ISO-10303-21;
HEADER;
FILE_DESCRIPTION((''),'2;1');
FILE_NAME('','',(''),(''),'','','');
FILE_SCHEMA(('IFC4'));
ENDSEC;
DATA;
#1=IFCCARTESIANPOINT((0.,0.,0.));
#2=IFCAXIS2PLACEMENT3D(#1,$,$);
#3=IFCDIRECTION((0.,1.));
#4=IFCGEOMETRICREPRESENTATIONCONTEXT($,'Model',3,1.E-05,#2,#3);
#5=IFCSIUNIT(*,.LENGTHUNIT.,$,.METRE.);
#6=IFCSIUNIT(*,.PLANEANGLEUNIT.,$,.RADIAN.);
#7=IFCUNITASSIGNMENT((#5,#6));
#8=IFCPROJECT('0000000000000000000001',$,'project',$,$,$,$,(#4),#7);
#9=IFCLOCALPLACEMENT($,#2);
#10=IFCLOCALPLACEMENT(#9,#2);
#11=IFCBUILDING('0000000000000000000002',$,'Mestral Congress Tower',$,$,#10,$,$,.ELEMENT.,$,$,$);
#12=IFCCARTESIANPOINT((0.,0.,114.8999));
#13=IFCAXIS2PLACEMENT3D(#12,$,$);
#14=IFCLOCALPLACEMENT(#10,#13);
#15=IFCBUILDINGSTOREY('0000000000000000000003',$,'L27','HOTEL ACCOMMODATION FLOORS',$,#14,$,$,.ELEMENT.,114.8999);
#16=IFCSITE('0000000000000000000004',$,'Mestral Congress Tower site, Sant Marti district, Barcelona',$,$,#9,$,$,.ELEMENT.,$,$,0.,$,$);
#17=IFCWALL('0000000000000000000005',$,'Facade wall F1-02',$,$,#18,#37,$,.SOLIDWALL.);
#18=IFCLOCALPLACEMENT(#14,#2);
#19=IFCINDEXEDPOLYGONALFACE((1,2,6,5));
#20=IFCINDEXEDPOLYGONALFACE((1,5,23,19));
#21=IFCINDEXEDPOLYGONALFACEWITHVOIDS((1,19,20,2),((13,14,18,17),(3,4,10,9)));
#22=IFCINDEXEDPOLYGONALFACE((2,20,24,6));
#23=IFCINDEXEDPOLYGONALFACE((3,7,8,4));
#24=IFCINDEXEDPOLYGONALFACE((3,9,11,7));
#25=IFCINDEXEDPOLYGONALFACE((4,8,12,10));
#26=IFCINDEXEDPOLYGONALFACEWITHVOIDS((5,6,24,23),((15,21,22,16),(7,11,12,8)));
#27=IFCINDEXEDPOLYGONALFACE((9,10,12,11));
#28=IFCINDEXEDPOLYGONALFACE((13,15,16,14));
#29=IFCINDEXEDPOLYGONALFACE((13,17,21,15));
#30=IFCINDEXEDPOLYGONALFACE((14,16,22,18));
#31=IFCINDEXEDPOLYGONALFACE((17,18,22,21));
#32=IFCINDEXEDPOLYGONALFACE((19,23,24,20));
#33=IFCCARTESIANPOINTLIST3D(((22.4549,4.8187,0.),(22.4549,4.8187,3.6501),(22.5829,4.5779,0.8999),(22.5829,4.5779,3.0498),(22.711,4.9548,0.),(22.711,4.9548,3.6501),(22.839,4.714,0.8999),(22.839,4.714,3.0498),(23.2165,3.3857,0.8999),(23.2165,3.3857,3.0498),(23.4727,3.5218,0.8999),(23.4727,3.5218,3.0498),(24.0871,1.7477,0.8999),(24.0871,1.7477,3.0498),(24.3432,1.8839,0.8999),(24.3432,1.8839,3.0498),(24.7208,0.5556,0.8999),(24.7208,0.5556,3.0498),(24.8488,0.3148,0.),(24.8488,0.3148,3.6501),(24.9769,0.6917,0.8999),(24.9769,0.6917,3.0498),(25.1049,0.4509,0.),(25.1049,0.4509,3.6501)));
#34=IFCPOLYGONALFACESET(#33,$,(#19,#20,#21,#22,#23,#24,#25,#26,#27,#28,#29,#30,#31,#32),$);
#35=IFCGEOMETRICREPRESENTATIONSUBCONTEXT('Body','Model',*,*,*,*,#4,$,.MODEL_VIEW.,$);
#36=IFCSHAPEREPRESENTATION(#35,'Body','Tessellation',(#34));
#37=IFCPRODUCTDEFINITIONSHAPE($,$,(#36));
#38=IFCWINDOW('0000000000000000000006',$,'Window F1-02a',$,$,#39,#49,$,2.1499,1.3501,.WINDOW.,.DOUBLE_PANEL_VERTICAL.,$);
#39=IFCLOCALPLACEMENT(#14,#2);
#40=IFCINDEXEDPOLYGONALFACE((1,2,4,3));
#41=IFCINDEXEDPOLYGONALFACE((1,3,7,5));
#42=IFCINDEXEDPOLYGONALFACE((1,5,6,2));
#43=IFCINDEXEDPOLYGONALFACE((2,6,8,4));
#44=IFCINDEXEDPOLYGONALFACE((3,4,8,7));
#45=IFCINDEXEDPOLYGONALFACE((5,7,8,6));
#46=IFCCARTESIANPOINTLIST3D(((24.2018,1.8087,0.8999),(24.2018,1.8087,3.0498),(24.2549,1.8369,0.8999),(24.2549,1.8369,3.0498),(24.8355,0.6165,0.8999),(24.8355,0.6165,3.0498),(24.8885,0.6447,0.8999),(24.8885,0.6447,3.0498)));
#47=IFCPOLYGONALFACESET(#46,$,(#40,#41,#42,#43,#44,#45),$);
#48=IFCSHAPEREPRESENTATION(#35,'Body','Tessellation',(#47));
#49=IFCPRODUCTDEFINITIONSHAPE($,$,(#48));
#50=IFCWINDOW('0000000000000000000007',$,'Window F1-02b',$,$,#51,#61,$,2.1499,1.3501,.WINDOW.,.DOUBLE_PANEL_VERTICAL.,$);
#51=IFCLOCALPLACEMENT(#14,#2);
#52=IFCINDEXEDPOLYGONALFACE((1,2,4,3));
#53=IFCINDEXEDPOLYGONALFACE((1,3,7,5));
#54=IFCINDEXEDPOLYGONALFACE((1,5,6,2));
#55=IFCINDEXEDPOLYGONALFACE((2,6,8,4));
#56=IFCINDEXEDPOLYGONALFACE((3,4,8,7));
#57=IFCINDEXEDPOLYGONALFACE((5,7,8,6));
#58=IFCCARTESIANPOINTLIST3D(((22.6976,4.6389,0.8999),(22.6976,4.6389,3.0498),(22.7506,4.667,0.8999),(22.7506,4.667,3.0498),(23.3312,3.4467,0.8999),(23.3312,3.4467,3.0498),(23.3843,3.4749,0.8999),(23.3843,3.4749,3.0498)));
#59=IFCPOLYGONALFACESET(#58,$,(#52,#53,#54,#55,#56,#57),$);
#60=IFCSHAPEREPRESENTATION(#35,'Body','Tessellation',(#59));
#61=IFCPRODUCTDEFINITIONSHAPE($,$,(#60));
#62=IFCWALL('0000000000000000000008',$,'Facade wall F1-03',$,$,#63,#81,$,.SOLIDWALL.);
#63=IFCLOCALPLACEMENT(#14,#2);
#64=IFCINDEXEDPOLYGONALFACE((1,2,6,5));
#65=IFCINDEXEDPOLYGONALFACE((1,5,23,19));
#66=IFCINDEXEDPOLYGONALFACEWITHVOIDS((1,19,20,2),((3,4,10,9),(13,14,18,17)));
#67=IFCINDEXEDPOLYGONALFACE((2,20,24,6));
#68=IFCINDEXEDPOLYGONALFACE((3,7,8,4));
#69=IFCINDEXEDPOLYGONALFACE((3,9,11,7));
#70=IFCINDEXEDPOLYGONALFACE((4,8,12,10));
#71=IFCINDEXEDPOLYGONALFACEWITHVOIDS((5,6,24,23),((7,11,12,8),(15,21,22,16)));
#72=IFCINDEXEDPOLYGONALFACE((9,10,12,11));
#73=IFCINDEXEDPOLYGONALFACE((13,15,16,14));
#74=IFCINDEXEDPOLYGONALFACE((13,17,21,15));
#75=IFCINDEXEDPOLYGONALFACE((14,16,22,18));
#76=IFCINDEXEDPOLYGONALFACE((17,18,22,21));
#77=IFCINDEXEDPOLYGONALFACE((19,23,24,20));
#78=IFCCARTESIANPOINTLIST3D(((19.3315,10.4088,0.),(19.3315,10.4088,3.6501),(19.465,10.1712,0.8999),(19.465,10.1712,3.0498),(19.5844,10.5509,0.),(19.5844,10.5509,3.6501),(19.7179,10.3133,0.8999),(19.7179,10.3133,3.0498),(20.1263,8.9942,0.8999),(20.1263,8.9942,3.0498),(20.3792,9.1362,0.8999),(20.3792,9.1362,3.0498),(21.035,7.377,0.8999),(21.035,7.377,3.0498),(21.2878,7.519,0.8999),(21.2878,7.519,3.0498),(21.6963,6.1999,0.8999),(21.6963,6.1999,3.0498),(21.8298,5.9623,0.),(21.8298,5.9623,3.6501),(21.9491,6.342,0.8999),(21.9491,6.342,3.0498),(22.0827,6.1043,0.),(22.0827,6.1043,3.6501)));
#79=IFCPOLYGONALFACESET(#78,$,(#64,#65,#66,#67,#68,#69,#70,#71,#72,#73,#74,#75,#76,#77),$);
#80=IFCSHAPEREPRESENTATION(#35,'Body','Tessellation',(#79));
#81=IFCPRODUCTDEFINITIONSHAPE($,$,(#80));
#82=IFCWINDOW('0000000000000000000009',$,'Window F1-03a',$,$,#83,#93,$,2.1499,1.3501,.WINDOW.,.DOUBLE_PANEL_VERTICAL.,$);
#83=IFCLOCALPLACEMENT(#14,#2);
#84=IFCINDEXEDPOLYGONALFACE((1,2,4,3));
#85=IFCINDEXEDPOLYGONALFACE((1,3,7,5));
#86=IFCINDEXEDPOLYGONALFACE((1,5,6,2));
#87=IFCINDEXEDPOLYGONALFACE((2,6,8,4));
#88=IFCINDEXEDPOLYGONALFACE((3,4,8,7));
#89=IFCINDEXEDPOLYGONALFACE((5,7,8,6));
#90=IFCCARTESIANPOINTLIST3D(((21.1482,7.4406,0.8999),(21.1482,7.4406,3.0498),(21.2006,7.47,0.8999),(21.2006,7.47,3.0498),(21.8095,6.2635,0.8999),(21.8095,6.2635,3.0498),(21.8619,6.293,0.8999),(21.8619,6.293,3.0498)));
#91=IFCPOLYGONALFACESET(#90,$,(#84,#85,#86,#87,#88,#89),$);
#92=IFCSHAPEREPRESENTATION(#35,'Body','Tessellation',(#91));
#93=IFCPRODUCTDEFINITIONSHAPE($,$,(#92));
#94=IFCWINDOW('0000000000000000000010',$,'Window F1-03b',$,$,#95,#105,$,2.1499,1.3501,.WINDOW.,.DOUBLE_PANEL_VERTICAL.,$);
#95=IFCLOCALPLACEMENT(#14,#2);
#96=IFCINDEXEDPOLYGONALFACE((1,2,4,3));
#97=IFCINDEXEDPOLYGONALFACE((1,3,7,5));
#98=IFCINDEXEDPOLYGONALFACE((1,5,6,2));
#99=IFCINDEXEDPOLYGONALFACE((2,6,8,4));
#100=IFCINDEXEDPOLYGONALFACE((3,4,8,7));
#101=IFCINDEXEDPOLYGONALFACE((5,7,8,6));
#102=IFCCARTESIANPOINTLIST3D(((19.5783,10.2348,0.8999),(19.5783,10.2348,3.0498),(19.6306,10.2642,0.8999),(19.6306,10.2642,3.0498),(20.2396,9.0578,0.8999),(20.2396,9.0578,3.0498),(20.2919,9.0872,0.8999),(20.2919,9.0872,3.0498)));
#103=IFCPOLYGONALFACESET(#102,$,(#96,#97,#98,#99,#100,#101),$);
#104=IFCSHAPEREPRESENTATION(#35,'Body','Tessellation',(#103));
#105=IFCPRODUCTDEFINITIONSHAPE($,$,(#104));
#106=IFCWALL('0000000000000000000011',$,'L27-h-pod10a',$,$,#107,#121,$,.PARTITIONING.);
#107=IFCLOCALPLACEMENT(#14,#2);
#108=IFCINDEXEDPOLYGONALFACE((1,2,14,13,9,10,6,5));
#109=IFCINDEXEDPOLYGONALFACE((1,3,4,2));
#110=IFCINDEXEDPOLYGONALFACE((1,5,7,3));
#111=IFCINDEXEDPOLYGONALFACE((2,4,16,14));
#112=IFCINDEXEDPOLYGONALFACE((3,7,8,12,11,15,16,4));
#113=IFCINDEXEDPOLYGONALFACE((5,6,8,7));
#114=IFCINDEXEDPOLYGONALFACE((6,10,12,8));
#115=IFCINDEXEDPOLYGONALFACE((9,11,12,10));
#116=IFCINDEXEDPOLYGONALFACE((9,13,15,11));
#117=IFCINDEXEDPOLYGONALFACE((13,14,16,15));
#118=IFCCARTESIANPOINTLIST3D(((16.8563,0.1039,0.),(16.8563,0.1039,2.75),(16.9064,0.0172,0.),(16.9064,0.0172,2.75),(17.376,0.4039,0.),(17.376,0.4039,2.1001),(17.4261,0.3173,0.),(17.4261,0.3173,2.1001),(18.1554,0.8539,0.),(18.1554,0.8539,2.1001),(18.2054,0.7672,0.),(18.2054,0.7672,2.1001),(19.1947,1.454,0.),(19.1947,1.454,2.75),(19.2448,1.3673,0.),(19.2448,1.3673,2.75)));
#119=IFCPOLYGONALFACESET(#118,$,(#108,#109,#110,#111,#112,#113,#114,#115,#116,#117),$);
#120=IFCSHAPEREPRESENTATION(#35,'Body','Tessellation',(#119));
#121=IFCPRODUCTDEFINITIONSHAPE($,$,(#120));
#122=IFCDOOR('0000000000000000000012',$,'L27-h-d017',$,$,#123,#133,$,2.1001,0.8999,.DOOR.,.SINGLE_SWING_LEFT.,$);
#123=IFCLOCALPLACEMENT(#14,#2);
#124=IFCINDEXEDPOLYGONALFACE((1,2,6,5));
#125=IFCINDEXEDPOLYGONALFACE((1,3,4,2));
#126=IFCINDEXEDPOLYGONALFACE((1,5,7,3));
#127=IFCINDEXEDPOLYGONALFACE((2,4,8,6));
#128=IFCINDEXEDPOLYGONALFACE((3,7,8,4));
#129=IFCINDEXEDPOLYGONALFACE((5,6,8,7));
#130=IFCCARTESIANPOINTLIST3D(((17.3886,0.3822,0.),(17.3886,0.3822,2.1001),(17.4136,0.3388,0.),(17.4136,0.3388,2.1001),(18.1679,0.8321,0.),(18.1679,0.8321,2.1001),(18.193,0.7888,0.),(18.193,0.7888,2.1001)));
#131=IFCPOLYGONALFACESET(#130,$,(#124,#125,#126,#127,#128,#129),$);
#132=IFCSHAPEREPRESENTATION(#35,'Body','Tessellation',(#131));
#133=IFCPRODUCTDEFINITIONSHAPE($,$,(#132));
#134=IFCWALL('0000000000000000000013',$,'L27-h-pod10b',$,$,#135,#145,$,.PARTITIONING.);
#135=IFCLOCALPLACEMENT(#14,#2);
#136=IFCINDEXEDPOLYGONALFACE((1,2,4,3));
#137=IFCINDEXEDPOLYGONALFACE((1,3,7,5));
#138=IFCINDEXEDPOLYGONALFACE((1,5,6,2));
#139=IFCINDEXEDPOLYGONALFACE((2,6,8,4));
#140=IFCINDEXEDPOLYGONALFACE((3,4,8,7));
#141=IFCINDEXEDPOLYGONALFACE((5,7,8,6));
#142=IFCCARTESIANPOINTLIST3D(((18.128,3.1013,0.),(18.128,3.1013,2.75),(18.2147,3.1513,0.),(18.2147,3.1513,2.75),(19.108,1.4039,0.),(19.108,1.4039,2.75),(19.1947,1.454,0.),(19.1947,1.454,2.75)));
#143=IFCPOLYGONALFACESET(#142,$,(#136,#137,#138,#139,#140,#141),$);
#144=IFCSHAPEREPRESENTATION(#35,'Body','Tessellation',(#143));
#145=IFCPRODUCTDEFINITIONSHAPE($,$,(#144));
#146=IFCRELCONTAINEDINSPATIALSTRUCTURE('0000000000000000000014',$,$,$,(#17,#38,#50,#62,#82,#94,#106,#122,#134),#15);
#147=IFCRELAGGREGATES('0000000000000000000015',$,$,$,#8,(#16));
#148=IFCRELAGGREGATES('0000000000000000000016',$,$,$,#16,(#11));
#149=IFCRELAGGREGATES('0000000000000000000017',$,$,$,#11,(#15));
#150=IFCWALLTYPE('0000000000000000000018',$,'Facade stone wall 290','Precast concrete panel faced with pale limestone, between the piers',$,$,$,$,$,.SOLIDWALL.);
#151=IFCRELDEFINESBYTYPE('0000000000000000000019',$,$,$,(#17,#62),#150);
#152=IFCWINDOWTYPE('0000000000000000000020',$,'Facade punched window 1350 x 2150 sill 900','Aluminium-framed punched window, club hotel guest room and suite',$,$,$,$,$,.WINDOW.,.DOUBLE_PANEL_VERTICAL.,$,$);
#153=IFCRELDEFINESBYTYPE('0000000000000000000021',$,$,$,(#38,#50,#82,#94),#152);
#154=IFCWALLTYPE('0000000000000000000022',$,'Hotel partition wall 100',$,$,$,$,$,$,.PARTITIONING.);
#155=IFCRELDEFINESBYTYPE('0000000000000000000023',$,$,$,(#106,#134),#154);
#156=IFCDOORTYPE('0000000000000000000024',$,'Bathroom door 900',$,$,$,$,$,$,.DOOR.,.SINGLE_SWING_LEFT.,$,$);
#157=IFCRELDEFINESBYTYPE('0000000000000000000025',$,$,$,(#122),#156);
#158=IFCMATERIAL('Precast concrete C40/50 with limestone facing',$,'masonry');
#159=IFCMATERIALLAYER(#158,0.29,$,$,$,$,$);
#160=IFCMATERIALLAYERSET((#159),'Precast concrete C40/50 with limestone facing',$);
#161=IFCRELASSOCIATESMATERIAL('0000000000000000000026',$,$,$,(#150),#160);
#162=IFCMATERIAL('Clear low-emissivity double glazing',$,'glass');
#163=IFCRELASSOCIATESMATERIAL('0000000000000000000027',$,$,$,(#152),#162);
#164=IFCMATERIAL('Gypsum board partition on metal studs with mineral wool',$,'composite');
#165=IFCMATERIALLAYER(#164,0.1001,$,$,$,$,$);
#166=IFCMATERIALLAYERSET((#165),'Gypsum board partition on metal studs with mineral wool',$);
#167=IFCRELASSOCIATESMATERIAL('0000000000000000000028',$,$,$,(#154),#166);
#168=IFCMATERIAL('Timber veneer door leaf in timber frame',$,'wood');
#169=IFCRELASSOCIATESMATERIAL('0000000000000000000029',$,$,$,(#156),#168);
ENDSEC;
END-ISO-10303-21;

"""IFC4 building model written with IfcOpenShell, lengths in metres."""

from ifc_helpers import new_model, si_unit, direction, frame, frame_2d, origin, place, context, subcontext, project, spatial, rectangle, extrude, material, layer, layer_set, type_object, element, fill, save


model = new_model("IFC4")

# Units and contexts
model_context = context("Model", 3, precision=1e-05, world=origin(), true_north=direction((0.0, 1.0)))
body_context = subcontext(model_context, "Body", "Model", "MODEL_VIEW")
ifc_project = project(units=[si_unit("LENGTHUNIT", "METRE"), si_unit("PLANEANGLEUNIT", "RADIAN")], contexts=[model_context])

# Site, building, storey
site_placement = place(None, origin())
site = spatial("IfcSite", under=ifc_project, at=site_placement, Name="Mestral Congress Tower site, Sant Marti district, Barcelona", CompositionType="ELEMENT", RefElevation=0.0)
building_placement = place(site_placement, origin())
building = spatial("IfcBuilding", under=site, at=building_placement, Name="Mestral Congress Tower", CompositionType="ELEMENT")
storey_placement = place(building_placement, frame((0.0, 0.0, 114.8999)))
storey = spatial("IfcBuildingStorey", under=building, at=storey_placement, Name="L27", Description="HOTEL ACCOMMODATION FLOORS", CompositionType="ELEMENT", Elevation=114.8999)

# Walls, openings, windows
ifc_material_1 = material(Name="Precast concrete C40/50 with limestone facing", Category="masonry")
ifc_layer_1 = layer(ifc_material_1, 0.29)
ifc_layer_set_1 = layer_set([ifc_layer_1], Name="Precast concrete C40/50 with limestone facing")
wall_type_1 = type_object("IfcWallType", Name="Facade stone wall 290", Description="Precast concrete panel faced with pale limestone, between the piers", PredefinedType="SOLIDWALL", material=ifc_layer_set_1)
wall_1_placement = place(storey_placement, frame((24.9768, 0.3828, 0.0), z_axis=(0.0, 0.0, 1.0), x_axis=(-0.469323, 0.883026, 0.0)))
wall_1 = element("IfcWall", 1, at=wall_1_placement, inside=storey, type_object=wall_type_1, Name="Facade wall F1-02", PredefinedType="SOLIDWALL", context=body_context, shape_type="SweptSolid", body=[
    extrude(rectangle(XDim=5.1006, YDim=0.29, at=frame_2d((2.5503, 0.0))), origin(), (0.0, 0.0, 1.0), 3.6501),
])
opening_1_placement = place(wall_1_placement, frame((0.2727, 0.0, 0.8999)))
opening_1 = element("IfcOpeningElement", 2, at=opening_1_placement, cuts=wall_1, PredefinedType="OPENING", context=body_context, shape_type="SweptSolid", body=[
    extrude(rectangle(XDim=1.3501, YDim=2.1499, at=frame_2d((0.675, 1.075))), frame((0.0, 0.155, 0.0), z_axis=(0.0, -1.0, 0.0), x_axis=(1.0, 0.0, 0.0)), (0.0, 0.0, 1.0), 0.3101),
])
opening_2_placement = place(wall_1_placement, frame((3.4778, 0.0, 0.8999)))
opening_2 = element("IfcOpeningElement", 3, at=opening_2_placement, cuts=wall_1, PredefinedType="OPENING", context=body_context, shape_type="SweptSolid", body=[
    extrude(rectangle(XDim=1.3501, YDim=2.1499, at=frame_2d((0.675, 1.075))), frame((0.0, 0.155, 0.0), z_axis=(0.0, -1.0, 0.0), x_axis=(1.0, 0.0, 0.0)), (0.0, 0.0, 1.0), 0.3101),
])
ifc_material_2 = material(Name="Clear low-emissivity double glazing", Category="glass")
window_type = type_object("IfcWindowType", Name="Facade punched window 1350 x 2150 sill 900", Description="Aluminium-framed punched window, club hotel guest room and suite", PartitioningType="DOUBLE_PANEL_VERTICAL", PredefinedType="WINDOW", material=ifc_material_2)
window_1_placement = place(opening_1_placement, origin())
window_1 = element("IfcWindow", 4, at=window_1_placement, inside=storey, type_object=window_type, Name="Window F1-02a", OverallHeight=2.1499, OverallWidth=1.3501, PartitioningType="DOUBLE_PANEL_VERTICAL", PredefinedType="WINDOW", context=body_context, shape_type="SweptSolid", body=[
    extrude(rectangle(XDim=1.3501, YDim=2.1499, at=frame_2d((0.675, 1.075))), frame((0.0, 0.0151, 0.0), z_axis=(0.0, -1.0, 0.0), x_axis=(1.0, 0.0, 0.0)), (0.0, 0.0, 1.0), 0.0601),
])
fill(opening_1, window_1)
window_2_placement = place(opening_2_placement, origin())
window_2 = element("IfcWindow", 5, at=window_2_placement, inside=storey, type_object=window_type, Name="Window F1-02b", OverallHeight=2.1499, OverallWidth=1.3501, PartitioningType="DOUBLE_PANEL_VERTICAL", PredefinedType="WINDOW", context=body_context, shape_type="SweptSolid", body=[
    extrude(rectangle(XDim=1.3501, YDim=2.1499, at=frame_2d((0.675, 1.075))), frame((0.0, 0.0151, 0.0), z_axis=(0.0, -1.0, 0.0), x_axis=(1.0, 0.0, 0.0)), (0.0, 0.0, 1.0), 0.0601),
])
fill(opening_2, window_2)
wall_2_placement = place(storey_placement, frame((21.9563, 6.0332, 0.0), z_axis=(0.0, 0.0, 1.0), x_axis=(-0.489832, 0.871817, 0.0)))
wall_2 = element("IfcWall", 6, at=wall_2_placement, inside=storey, type_object=wall_type_1, Name="Facade wall F1-03", PredefinedType="SOLIDWALL", context=body_context, shape_type="SweptSolid", body=[
    extrude(rectangle(XDim=5.1003, YDim=0.29, at=frame_2d((2.5503, 0.0))), origin(), (0.0, 0.0, 1.0), 3.6501),
])
opening_3_placement = place(wall_2_placement, frame((0.2727, 0.0, 0.8999)))
opening_3 = element("IfcOpeningElement", 7, at=opening_3_placement, cuts=wall_2, PredefinedType="OPENING", context=body_context, shape_type="SweptSolid", body=[
    extrude(rectangle(XDim=1.3501, YDim=2.1499, at=frame_2d((0.675, 1.075))), frame((0.0, 0.155, 0.0), z_axis=(0.0, -1.0, 0.0), x_axis=(1.0, 0.0, 0.0)), (0.0, 0.0, 1.0), 0.3101),
])
opening_4_placement = place(wall_2_placement, frame((3.4778, 0.0, 0.8999)))
opening_4 = element("IfcOpeningElement", 8, at=opening_4_placement, cuts=wall_2, PredefinedType="OPENING", context=body_context, shape_type="SweptSolid", body=[
    extrude(rectangle(XDim=1.3501, YDim=2.1499, at=frame_2d((0.675, 1.075))), frame((0.0, 0.155, 0.0), z_axis=(0.0, -1.0, 0.0), x_axis=(1.0, 0.0, 0.0)), (0.0, 0.0, 1.0), 0.3101),
])
window_3_placement = place(opening_3_placement, origin())
window_3 = element("IfcWindow", 9, at=window_3_placement, inside=storey, type_object=window_type, Name="Window F1-03a", OverallHeight=2.1499, OverallWidth=1.3501, PartitioningType="DOUBLE_PANEL_VERTICAL", PredefinedType="WINDOW", context=body_context, shape_type="SweptSolid", body=[
    extrude(rectangle(XDim=1.3501, YDim=2.1499, at=frame_2d((0.675, 1.075))), frame((0.0, 0.0151, 0.0), z_axis=(0.0, -1.0, 0.0), x_axis=(1.0, 0.0, 0.0)), (0.0, 0.0, 1.0), 0.0601),
])
fill(opening_3, window_3)
window_4_placement = place(opening_4_placement, origin())
window_4 = element("IfcWindow", 10, at=window_4_placement, inside=storey, type_object=window_type, Name="Window F1-03b", OverallHeight=2.1499, OverallWidth=1.3501, PartitioningType="DOUBLE_PANEL_VERTICAL", PredefinedType="WINDOW", context=body_context, shape_type="SweptSolid", body=[
    extrude(rectangle(XDim=1.3501, YDim=2.1499, at=frame_2d((0.675, 1.075))), frame((0.0, 0.0151, 0.0), z_axis=(0.0, -1.0, 0.0), x_axis=(1.0, 0.0, 0.0)), (0.0, 0.0, 1.0), 0.0601),
])
fill(opening_4, window_4)

# Wall, opening, door
ifc_material_3 = material(Name="Gypsum board partition on metal studs with mineral wool", Category="composite")
ifc_layer_2 = layer(ifc_material_3, 0.1001)
ifc_layer_set_2 = layer_set([ifc_layer_2], Name="Gypsum board partition on metal studs with mineral wool")
wall_type_2 = type_object("IfcWallType", Name="Hotel partition wall 100", PredefinedType="PARTITIONING", material=ifc_layer_set_2)
wall_3_placement = place(storey_placement, frame((16.8813, 0.0605, 0.0), z_axis=(0.0, 0.0, 1.0), x_axis=(0.86602, 0.500009, 0.0)))
wall_3 = element("IfcWall", 11, at=wall_3_placement, inside=storey, type_object=wall_type_2, Name="L27-h-pod10a", PredefinedType="PARTITIONING", context=body_context, shape_type="SweptSolid", body=[
    extrude(rectangle(XDim=2.7002, YDim=0.1001, at=frame_2d((1.3501, 0.0))), origin(), (0.0, 0.0, 1.0), 2.75),
])
opening_5_placement = place(wall_3_placement, frame((0.6001, 0.0, 0.0)))
opening_5 = element("IfcOpeningElement", 12, at=opening_5_placement, cuts=wall_3, PredefinedType="OPENING", context=body_context, shape_type="SweptSolid", body=[
    extrude(rectangle(XDim=0.8999, YDim=2.1001, at=frame_2d((0.45, 1.05))), frame((0.0, 0.0601, 0.0), z_axis=(0.0, -1.0, 0.0), x_axis=(1.0, 0.0, 0.0)), (0.0, 0.0, 1.0), 0.1201),
])
ifc_material_4 = material(Name="Timber veneer door leaf in timber frame", Category="wood")
door_type = type_object("IfcDoorType", Name="Bathroom door 900", OperationType="SINGLE_SWING_LEFT", PredefinedType="DOOR", material=ifc_material_4)
door_1_placement = place(opening_5_placement, origin())
door_1 = element("IfcDoor", 13, at=door_1_placement, inside=storey, type_object=door_type, Name="L27-h-d017", OperationType="SINGLE_SWING_LEFT", OverallHeight=2.1001, OverallWidth=0.8999, PredefinedType="DOOR", context=body_context, shape_type="SweptSolid", body=[
    extrude(rectangle(XDim=0.8999, YDim=2.1001, at=frame_2d((0.45, 1.05))), frame((0.0, 0.0249, 0.0), z_axis=(0.0, -1.0, 0.0), x_axis=(1.0, 0.0, 0.0)), (0.0, 0.0, 1.0), 0.05),
])
fill(opening_5, door_1)

# Wall
wall_4_placement = place(storey_placement, frame((19.1514, 1.429, 0.0), z_axis=(0.0, 0.0, 1.0), x_axis=(-0.500024, 0.866011, 0.0)))
element("IfcWall", 14, at=wall_4_placement, inside=storey, type_object=wall_type_2, Name="L27-h-pod10b", PredefinedType="PARTITIONING", context=body_context, shape_type="SweptSolid", body=[
    extrude(rectangle(XDim=1.96, YDim=0.1001, at=frame_2d((0.98, 0.0))), origin(), (0.0, 0.0, 1.0), 2.75),
])

save(model, "model.ifc")
